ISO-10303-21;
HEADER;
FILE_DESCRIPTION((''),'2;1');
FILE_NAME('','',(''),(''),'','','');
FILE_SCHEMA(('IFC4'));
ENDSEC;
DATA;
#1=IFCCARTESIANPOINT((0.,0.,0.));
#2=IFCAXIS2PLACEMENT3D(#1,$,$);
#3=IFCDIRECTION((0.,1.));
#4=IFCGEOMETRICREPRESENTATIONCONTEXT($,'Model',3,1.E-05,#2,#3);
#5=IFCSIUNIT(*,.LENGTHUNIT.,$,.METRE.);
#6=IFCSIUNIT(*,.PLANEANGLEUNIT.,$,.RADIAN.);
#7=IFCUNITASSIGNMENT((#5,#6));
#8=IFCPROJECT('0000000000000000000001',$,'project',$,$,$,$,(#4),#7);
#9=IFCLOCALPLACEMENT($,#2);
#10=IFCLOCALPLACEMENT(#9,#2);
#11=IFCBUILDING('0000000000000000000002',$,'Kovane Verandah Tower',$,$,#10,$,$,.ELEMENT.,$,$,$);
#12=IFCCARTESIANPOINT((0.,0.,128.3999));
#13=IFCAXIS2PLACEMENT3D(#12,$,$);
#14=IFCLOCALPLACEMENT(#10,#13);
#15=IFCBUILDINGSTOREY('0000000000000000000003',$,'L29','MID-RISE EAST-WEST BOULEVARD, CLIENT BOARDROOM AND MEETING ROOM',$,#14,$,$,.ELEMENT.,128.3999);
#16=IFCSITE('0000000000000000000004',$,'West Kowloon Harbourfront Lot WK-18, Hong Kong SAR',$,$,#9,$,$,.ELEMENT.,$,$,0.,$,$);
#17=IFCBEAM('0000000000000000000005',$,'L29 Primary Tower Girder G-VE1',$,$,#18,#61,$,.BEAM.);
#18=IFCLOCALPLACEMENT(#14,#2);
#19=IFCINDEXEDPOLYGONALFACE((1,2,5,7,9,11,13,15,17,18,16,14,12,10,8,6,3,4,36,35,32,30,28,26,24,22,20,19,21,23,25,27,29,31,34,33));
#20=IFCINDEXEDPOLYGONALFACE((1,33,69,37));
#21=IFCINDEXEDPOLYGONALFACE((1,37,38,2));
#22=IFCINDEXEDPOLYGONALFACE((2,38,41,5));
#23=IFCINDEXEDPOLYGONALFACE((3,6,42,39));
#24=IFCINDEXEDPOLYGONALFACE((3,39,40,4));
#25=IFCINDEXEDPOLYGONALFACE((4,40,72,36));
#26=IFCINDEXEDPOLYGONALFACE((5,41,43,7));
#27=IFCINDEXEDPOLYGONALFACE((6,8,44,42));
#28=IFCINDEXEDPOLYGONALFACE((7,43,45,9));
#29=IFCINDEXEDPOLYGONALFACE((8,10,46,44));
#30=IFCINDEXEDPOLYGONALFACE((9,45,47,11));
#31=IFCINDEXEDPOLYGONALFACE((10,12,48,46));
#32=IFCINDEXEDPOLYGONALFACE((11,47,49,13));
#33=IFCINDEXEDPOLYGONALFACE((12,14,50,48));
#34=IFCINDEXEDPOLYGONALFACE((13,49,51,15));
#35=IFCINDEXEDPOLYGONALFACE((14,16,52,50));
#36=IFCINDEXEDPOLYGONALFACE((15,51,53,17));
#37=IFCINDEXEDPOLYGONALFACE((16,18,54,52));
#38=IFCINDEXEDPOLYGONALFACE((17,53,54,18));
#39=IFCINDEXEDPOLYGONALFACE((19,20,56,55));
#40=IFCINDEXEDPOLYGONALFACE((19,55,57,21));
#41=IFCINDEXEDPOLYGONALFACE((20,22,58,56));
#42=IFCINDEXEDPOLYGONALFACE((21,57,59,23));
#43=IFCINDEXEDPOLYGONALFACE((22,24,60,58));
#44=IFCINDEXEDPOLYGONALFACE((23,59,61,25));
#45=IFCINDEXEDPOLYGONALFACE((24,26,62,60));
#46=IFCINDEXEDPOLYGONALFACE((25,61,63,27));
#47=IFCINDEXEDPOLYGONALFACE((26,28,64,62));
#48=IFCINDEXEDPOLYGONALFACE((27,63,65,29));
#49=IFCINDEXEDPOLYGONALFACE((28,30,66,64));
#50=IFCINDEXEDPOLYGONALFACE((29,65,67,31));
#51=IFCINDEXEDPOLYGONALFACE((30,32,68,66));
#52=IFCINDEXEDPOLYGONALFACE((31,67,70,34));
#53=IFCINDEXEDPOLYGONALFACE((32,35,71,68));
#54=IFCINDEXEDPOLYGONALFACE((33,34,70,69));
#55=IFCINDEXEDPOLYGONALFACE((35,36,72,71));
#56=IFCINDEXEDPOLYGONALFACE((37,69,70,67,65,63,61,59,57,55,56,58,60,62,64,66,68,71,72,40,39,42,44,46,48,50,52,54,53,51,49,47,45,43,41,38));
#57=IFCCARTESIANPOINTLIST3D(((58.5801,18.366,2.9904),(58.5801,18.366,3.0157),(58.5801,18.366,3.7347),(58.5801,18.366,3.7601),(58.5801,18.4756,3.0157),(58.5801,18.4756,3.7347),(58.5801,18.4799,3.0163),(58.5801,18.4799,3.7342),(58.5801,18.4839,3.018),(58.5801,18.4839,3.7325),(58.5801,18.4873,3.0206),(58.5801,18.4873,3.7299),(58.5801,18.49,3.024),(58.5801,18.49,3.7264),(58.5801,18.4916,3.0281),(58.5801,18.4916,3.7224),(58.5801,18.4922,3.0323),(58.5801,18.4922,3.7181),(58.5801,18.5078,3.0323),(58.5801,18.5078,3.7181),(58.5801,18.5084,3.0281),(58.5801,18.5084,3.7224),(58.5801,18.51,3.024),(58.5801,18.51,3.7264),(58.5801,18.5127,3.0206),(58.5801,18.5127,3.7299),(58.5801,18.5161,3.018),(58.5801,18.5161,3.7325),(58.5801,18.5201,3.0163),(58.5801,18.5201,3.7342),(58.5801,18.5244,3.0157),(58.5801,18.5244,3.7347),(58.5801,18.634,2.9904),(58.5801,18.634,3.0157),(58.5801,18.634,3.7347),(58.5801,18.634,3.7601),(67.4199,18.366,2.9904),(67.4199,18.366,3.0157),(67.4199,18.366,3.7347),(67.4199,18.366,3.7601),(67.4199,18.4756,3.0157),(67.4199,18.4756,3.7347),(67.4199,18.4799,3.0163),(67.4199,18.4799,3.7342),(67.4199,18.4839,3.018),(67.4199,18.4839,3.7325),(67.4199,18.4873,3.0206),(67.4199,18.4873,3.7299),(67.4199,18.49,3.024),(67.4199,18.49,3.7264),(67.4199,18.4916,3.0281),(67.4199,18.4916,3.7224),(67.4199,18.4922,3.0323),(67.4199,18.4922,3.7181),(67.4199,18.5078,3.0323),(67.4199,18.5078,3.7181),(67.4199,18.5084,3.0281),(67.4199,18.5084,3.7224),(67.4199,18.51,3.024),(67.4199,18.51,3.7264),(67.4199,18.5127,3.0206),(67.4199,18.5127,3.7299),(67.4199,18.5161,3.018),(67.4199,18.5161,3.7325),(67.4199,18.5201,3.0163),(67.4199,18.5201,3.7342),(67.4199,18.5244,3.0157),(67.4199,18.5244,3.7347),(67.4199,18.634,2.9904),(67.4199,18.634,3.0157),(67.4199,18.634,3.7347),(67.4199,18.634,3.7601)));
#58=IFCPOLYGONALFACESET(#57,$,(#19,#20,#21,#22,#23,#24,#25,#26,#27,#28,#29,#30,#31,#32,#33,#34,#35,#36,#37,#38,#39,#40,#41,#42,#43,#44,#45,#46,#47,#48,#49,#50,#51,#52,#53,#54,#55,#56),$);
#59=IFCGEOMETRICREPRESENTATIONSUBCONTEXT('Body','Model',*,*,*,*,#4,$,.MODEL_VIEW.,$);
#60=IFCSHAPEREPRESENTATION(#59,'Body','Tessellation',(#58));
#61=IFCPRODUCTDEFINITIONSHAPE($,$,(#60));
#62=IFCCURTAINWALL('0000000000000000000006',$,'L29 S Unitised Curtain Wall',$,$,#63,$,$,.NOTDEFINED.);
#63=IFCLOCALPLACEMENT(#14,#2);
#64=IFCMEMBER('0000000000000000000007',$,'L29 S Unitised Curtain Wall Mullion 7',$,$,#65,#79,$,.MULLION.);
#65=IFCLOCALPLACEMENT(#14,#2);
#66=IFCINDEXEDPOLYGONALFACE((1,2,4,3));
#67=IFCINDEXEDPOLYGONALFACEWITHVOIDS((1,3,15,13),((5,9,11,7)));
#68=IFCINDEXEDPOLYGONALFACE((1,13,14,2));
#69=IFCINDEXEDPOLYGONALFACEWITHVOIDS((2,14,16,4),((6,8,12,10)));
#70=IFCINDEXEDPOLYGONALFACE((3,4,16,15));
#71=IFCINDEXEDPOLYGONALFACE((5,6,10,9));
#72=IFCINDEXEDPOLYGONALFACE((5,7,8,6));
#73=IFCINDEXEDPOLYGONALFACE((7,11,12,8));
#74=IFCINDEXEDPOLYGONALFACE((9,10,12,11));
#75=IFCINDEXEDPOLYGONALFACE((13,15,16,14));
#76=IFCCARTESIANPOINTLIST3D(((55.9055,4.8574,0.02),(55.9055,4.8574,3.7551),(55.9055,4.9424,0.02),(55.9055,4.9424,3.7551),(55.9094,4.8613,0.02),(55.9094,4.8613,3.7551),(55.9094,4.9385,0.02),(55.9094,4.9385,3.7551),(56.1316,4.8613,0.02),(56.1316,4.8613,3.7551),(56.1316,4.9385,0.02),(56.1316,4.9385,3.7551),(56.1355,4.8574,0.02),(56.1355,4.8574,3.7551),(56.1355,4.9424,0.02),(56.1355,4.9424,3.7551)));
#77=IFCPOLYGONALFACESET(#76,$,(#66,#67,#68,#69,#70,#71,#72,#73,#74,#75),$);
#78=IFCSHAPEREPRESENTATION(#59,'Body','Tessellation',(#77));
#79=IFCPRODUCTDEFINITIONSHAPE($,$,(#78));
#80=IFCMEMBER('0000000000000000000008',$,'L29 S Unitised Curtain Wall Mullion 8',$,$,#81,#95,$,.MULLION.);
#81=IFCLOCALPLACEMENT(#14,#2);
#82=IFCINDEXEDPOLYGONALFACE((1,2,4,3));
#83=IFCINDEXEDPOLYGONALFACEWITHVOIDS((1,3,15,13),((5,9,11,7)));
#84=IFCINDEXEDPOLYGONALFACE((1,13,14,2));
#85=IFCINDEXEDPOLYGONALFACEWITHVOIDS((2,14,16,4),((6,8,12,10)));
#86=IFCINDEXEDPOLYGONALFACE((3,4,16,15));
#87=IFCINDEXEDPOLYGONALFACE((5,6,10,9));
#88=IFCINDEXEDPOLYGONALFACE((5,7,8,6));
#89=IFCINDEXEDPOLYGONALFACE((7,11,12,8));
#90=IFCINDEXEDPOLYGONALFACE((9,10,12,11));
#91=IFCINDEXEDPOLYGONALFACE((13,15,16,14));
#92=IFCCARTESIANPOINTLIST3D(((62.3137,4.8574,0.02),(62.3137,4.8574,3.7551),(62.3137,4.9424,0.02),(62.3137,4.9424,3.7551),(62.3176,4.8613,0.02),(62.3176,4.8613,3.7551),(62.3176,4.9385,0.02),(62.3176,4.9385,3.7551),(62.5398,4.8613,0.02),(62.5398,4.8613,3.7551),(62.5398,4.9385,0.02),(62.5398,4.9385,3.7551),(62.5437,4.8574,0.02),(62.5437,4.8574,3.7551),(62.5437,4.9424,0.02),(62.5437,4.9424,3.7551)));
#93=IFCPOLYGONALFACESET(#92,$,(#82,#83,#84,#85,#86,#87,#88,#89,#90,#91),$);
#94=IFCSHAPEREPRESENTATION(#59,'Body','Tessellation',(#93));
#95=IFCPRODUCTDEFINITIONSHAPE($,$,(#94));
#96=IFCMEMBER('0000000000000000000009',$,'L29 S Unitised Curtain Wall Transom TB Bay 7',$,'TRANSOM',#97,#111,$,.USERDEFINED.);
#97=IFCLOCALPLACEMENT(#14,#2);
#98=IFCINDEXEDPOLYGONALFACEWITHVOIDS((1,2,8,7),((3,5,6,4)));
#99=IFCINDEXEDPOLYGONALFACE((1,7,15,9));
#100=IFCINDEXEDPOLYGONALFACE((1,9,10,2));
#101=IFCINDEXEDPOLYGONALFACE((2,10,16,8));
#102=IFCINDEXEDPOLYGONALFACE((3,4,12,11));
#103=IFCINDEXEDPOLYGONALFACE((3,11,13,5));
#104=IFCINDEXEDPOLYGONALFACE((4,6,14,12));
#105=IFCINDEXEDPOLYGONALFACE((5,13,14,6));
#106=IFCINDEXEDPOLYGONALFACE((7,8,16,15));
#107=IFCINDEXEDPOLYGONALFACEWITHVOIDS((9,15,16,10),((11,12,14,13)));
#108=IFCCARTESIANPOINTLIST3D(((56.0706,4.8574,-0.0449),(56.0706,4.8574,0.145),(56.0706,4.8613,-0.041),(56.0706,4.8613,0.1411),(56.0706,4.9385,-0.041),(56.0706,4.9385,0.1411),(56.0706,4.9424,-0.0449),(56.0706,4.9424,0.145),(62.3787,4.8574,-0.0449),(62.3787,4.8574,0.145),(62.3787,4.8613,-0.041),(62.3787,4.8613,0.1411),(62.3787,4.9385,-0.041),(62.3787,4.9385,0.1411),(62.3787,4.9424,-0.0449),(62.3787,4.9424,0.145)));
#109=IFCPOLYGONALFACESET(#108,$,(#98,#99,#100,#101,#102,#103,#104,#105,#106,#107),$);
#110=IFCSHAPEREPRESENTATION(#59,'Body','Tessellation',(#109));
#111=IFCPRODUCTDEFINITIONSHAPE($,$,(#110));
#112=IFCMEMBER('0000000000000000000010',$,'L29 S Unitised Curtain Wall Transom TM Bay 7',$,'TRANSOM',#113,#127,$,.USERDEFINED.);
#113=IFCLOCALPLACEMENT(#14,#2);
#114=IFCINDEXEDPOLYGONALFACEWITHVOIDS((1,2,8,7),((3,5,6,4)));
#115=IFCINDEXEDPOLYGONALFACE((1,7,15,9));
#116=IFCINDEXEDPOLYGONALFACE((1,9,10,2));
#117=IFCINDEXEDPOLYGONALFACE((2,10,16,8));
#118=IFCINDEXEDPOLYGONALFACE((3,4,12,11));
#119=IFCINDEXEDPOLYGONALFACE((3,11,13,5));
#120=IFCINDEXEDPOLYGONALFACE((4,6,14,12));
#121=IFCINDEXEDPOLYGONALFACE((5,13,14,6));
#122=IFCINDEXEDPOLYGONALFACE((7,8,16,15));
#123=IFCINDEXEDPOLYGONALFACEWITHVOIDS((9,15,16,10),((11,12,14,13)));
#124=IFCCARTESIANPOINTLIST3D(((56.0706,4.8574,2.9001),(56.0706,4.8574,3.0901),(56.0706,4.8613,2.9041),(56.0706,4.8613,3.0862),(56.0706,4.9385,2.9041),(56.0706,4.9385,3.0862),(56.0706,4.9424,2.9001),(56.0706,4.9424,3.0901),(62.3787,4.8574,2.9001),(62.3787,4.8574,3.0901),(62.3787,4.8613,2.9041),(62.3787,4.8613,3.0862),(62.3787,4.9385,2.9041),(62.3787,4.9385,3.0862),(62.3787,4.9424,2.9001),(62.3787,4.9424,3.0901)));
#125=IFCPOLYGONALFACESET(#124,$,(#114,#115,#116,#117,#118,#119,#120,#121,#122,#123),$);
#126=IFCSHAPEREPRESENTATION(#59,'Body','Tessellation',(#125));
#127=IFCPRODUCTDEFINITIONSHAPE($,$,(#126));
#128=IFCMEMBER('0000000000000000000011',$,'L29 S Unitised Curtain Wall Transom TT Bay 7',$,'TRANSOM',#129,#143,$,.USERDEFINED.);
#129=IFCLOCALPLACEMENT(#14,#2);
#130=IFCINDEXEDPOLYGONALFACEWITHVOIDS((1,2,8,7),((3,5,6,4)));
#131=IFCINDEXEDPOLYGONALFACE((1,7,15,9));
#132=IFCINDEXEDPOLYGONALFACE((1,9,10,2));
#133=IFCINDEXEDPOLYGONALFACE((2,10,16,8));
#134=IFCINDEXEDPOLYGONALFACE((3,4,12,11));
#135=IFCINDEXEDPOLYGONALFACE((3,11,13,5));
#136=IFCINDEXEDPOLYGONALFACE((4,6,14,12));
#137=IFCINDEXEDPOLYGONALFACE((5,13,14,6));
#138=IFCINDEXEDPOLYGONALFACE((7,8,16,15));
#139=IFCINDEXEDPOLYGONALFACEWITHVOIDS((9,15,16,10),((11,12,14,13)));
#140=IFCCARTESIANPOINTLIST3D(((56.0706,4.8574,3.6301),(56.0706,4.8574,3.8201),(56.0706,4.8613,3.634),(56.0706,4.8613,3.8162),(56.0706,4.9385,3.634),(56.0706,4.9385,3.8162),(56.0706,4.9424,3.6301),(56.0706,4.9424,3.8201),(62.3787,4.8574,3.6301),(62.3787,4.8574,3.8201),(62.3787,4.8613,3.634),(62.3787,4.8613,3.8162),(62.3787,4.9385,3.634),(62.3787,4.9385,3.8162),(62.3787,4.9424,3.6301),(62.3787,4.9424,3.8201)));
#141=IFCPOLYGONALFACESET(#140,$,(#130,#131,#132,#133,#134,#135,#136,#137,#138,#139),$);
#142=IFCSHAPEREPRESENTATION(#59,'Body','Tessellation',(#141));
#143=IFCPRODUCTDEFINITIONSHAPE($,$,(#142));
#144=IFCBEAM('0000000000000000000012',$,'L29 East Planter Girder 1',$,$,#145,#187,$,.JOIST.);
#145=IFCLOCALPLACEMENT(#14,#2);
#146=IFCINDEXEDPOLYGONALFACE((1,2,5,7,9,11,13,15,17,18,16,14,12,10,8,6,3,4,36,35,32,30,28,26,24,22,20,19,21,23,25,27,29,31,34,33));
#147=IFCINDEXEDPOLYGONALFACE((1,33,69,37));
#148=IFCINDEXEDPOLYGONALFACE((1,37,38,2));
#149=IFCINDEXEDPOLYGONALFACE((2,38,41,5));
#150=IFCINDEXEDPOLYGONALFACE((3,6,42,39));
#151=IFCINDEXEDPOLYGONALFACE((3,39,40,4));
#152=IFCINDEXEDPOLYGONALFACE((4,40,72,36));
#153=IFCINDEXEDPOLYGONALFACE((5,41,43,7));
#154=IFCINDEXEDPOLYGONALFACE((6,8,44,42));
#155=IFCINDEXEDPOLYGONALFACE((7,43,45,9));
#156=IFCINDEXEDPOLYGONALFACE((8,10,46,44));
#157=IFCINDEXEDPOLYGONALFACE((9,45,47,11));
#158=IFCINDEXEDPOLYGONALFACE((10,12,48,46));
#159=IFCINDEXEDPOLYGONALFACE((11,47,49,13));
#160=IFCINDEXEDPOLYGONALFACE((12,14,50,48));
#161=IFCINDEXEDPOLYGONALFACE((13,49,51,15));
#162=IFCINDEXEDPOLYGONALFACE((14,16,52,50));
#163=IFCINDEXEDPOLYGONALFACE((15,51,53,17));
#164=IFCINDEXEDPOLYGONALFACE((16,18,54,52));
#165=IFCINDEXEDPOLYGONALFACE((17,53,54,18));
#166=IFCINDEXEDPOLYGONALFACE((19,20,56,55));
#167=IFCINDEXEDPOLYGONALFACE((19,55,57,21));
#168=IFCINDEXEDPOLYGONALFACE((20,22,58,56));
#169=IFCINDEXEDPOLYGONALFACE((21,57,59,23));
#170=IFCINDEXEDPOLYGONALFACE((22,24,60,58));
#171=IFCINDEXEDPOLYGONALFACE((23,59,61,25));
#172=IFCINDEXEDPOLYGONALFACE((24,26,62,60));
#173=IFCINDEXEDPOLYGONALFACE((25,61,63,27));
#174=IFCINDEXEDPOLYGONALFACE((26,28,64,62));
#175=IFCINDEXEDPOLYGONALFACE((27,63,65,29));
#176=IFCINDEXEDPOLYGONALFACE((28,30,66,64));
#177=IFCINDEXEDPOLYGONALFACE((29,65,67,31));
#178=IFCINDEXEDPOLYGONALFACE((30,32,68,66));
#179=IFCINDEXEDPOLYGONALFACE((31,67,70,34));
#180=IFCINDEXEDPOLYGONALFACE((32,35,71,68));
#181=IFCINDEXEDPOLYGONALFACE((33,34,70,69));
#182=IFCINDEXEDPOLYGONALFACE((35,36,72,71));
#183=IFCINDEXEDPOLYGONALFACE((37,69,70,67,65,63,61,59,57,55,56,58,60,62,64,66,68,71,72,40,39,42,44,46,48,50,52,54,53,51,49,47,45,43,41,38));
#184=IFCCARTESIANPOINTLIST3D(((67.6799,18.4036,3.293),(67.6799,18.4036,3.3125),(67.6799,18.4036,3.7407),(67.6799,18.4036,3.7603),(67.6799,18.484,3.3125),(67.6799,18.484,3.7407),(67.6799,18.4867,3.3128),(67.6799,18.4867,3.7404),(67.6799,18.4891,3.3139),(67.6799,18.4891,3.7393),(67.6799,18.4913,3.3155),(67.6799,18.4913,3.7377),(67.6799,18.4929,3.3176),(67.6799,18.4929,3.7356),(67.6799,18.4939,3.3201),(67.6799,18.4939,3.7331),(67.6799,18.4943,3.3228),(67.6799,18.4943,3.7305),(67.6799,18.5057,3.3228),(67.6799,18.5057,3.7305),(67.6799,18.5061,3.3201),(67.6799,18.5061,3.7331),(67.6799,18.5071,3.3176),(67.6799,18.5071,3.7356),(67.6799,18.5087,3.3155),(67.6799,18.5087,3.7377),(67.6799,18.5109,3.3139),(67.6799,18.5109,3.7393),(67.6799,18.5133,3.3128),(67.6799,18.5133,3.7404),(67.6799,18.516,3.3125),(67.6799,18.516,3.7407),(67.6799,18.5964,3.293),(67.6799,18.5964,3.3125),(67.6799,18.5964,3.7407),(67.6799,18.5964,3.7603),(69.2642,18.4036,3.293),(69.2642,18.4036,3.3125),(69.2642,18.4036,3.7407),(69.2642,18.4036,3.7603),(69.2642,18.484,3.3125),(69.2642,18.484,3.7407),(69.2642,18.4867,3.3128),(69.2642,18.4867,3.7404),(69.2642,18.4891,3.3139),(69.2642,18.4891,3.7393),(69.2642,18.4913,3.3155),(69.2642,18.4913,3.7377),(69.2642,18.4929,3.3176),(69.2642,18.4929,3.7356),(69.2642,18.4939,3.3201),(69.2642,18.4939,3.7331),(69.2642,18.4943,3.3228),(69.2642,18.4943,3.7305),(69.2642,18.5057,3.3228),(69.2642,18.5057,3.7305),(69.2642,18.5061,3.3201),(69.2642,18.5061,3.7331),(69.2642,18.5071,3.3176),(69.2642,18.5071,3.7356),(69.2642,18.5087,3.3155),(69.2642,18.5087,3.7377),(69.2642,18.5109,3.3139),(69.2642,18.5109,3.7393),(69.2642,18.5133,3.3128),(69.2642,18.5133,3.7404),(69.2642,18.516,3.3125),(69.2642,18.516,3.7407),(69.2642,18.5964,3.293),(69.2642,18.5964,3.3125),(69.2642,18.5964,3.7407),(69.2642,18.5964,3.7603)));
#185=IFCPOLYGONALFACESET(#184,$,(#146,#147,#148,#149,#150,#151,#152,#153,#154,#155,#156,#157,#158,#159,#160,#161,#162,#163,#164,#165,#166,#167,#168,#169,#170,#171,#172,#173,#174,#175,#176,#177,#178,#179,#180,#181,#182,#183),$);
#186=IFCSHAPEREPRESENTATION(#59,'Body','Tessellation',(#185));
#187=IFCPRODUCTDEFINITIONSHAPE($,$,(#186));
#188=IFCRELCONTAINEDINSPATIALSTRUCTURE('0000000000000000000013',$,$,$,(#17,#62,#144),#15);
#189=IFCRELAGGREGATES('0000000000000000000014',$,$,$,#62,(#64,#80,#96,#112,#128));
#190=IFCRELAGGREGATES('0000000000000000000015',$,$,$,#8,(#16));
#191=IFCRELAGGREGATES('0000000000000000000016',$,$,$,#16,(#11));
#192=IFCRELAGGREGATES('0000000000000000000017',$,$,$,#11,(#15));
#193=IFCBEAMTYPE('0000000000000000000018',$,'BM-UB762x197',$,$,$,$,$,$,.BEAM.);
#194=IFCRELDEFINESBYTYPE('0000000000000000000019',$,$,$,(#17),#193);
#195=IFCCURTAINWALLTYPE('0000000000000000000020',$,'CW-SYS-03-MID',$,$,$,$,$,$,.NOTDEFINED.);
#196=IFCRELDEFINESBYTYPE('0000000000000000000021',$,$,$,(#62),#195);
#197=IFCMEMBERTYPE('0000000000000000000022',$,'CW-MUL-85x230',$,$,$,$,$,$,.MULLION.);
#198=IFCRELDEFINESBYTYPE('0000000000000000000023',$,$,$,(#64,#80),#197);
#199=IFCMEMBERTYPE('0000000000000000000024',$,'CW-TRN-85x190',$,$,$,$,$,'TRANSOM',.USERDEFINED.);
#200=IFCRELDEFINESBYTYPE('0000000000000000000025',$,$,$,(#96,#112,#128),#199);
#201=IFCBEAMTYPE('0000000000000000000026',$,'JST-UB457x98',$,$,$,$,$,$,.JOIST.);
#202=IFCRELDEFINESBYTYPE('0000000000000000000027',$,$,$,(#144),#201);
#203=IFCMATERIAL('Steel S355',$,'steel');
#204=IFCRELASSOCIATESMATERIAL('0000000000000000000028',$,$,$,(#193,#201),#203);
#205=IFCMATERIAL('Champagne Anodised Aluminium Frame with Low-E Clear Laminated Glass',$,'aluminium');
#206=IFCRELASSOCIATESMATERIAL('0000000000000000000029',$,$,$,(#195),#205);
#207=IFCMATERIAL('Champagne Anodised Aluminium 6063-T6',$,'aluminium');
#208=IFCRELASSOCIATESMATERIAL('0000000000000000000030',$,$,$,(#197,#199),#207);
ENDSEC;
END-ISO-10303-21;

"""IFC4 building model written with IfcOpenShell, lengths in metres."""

from ifc_helpers import new_model, si_unit, direction, frame, origin, origin_2d, place, context, subcontext, project, spatial, hollow_rectangle, i_section, extrude, material, material_profile, profile_set, type_object, element, aggregate, save


model = new_model("IFC4")

# Units and contexts
model_context = context("Model", 3, precision=1e-05, world=origin(), true_north=direction((0.0, 1.0)))
body_context = subcontext(model_context, "Body", "Model", "MODEL_VIEW")
ifc_project = project(units=[si_unit("LENGTHUNIT", "METRE"), si_unit("PLANEANGLEUNIT", "RADIAN")], contexts=[model_context])

# Site, building, storey
site_placement = place(None, origin())
site = spatial("IfcSite", under=ifc_project, at=site_placement, Name="West Kowloon Harbourfront Lot WK-18, Hong Kong SAR", CompositionType="ELEMENT", RefElevation=0.0)
building_placement = place(site_placement, origin())
building = spatial("IfcBuilding", under=site, at=building_placement, Name="Kovane Verandah Tower", CompositionType="ELEMENT")
storey_placement = place(building_placement, frame((0.0, 0.0, 128.3999)))
storey = spatial("IfcBuildingStorey", under=building, at=storey_placement, Name="L29", Description="MID-RISE EAST-WEST BOULEVARD, CLIENT BOARDROOM AND MEETING ROOM", CompositionType="ELEMENT", Elevation=128.3999)

# Beam
ifc_material_1 = material(Name="Steel S355", Category="steel")
ifc_material_profile_1 = material_profile(ifc_material_1, i_section(OverallWidth=0.2681, OverallDepth=0.7698, WebThickness=0.0156, FlangeThickness=0.0254, FilletRadius=0.0166, at=origin_2d()), Name="UB762x267x197")
ifc_profile_set_1 = profile_set([ifc_material_profile_1], Name="Steel S355")
beam_type_1 = type_object("IfcBeamType", Name="BM-UB762x197", PredefinedType="BEAM", material=ifc_profile_set_1)
beam_1_placement = place(storey_placement, frame((58.5801, 18.5, 3.3752), z_axis=(1.0, 0.0, 0.0), x_axis=(0.0, 1.0, 0.0)))
element("IfcBeam", 1, at=beam_1_placement, inside=storey, type_object=beam_type_1, Name="L29 Primary Tower Girder G-VE1", PredefinedType="BEAM", context=body_context, shape_type="SweptSolid", body=[
    extrude(i_section(OverallWidth=0.2681, OverallDepth=0.7698, WebThickness=0.0156, FlangeThickness=0.0254, FilletRadius=0.0166, at=origin_2d()), origin(), (0.0, 0.0, 1.0), 8.8398),
])

# Curtain wall, members
ifc_material_2 = material(Name="Champagne Anodised Aluminium Frame with Low-E Clear Laminated Glass", Category="aluminium")
curtain_wall_type = type_object("IfcCurtainWallType", Name="CW-SYS-03-MID", PredefinedType="NOTDEFINED", material=ifc_material_2)
curtain_wall_placement = place(storey_placement, origin())
curtain_wall = element("IfcCurtainWall", 2, at=curtain_wall_placement, inside=storey, type_object=curtain_wall_type, Name="L29 S Unitised Curtain Wall", PredefinedType="NOTDEFINED")
ifc_material_3 = material(Name="Champagne Anodised Aluminium 6063-T6", Category="aluminium")
ifc_material_profile_2 = material_profile(ifc_material_3, hollow_rectangle(XDim=0.085, YDim=0.23, WallThickness=0.0039, at=origin_2d()), Name="AL85x230x4")
ifc_profile_set_2 = profile_set([ifc_material_profile_2], Name="Champagne Anodised Aluminium 6063-T6")
member_type_1 = type_object("IfcMemberType", Name="CW-MUL-85x230", PredefinedType="MULLION", material=ifc_profile_set_2)
member_1_placement = place(storey_placement, frame((56.0205, 4.8999, 0.02), z_axis=(0.0, 0.0, 1.0), x_axis=(0.0, -1.0, 0.0)))
member_1 = element("IfcMember", 3, at=member_1_placement, type_object=member_type_1, Name="L29 S Unitised Curtain Wall Mullion 7", PredefinedType="MULLION", context=body_context, shape_type="SweptSolid", body=[
    extrude(hollow_rectangle(XDim=0.085, YDim=0.23, WallThickness=0.0039, at=origin_2d()), origin(), (0.0, 0.0, 1.0), 3.7351),
])
member_2_placement = place(storey_placement, frame((62.4287, 4.8999, 0.02), z_axis=(0.0, 0.0, 1.0), x_axis=(0.0, -1.0, 0.0)))
member_2 = element("IfcMember", 4, at=member_2_placement, type_object=member_type_1, Name="L29 S Unitised Curtain Wall Mullion 8", PredefinedType="MULLION", context=body_context, shape_type="SweptSolid", body=[
    extrude(hollow_rectangle(XDim=0.085, YDim=0.23, WallThickness=0.0039, at=origin_2d()), origin(), (0.0, 0.0, 1.0), 3.7351),
])
ifc_material_profile_3 = material_profile(ifc_material_3, hollow_rectangle(XDim=0.085, YDim=0.1899, WallThickness=0.0039, at=origin_2d()), Name="AL85x190x4")
ifc_profile_set_3 = profile_set([ifc_material_profile_3], Name="Champagne Anodised Aluminium 6063-T6")
member_type_2 = type_object("IfcMemberType", Name="CW-TRN-85x190", ElementType="TRANSOM", PredefinedType="USERDEFINED", material=ifc_profile_set_3)
member_3_placement = place(storey_placement, frame((56.0706, 4.8999, 0.05), z_axis=(1.0, 0.0, 0.0), x_axis=(0.0, 1.0, 0.0)))
member_3 = element("IfcMember", 5, at=member_3_placement, type_object=member_type_2, Name="L29 S Unitised Curtain Wall Transom TB Bay 7", ObjectType="TRANSOM", PredefinedType="USERDEFINED", context=body_context, shape_type="SweptSolid", body=[
    extrude(hollow_rectangle(XDim=0.085, YDim=0.1899, WallThickness=0.0039, at=origin_2d()), origin(), (0.0, 0.0, 1.0), 6.3081),
])
member_4_placement = place(storey_placement, frame((56.0706, 4.8999, 2.9951), z_axis=(1.0, 0.0, 0.0), x_axis=(0.0, 1.0, 0.0)))
member_4 = element("IfcMember", 6, at=member_4_placement, type_object=member_type_2, Name="L29 S Unitised Curtain Wall Transom TM Bay 7", ObjectType="TRANSOM", PredefinedType="USERDEFINED", context=body_context, shape_type="SweptSolid", body=[
    extrude(hollow_rectangle(XDim=0.085, YDim=0.1899, WallThickness=0.0039, at=origin_2d()), origin(), (0.0, 0.0, 1.0), 6.3081),
])
member_5_placement = place(storey_placement, frame((56.0706, 4.8999, 3.7251), z_axis=(1.0, 0.0, 0.0), x_axis=(0.0, 1.0, 0.0)))
member_5 = element("IfcMember", 7, at=member_5_placement, type_object=member_type_2, Name="L29 S Unitised Curtain Wall Transom TT Bay 7", ObjectType="TRANSOM", PredefinedType="USERDEFINED", context=body_context, shape_type="SweptSolid", body=[
    extrude(hollow_rectangle(XDim=0.085, YDim=0.1899, WallThickness=0.0039, at=origin_2d()), origin(), (0.0, 0.0, 1.0), 6.3081),
])

# Beam
ifc_material_profile_4 = material_profile(ifc_material_1, i_section(OverallWidth=0.1929, OverallDepth=0.4673, WebThickness=0.0115, FlangeThickness=0.0195, FilletRadius=0.0103, at=origin_2d()), Name="UB457x191x98")
ifc_profile_set_4 = profile_set([ifc_material_profile_4], Name="Steel S355")
beam_type_2 = type_object("IfcBeamType", Name="JST-UB457x98", PredefinedType="JOIST", material=ifc_profile_set_4)
beam_2_placement = place(storey_placement, frame((67.6799, 18.5, 3.5266), z_axis=(1.0, 0.0, 0.0), x_axis=(0.0, 1.0, 0.0)))
element("IfcBeam", 8, at=beam_2_placement, inside=storey, type_object=beam_type_2, Name="L29 East Planter Girder 1", PredefinedType="JOIST", context=body_context, shape_type="SweptSolid", body=[
    extrude(i_section(OverallWidth=0.1929, OverallDepth=0.4673, WebThickness=0.0115, FlangeThickness=0.0195, FilletRadius=0.0103, at=origin_2d()), origin(), (0.0, 0.0, 1.0), 1.5842),
])

aggregate(curtain_wall, [member_1, member_2, member_3, member_4, member_5])

save(model, "model.ifc")
